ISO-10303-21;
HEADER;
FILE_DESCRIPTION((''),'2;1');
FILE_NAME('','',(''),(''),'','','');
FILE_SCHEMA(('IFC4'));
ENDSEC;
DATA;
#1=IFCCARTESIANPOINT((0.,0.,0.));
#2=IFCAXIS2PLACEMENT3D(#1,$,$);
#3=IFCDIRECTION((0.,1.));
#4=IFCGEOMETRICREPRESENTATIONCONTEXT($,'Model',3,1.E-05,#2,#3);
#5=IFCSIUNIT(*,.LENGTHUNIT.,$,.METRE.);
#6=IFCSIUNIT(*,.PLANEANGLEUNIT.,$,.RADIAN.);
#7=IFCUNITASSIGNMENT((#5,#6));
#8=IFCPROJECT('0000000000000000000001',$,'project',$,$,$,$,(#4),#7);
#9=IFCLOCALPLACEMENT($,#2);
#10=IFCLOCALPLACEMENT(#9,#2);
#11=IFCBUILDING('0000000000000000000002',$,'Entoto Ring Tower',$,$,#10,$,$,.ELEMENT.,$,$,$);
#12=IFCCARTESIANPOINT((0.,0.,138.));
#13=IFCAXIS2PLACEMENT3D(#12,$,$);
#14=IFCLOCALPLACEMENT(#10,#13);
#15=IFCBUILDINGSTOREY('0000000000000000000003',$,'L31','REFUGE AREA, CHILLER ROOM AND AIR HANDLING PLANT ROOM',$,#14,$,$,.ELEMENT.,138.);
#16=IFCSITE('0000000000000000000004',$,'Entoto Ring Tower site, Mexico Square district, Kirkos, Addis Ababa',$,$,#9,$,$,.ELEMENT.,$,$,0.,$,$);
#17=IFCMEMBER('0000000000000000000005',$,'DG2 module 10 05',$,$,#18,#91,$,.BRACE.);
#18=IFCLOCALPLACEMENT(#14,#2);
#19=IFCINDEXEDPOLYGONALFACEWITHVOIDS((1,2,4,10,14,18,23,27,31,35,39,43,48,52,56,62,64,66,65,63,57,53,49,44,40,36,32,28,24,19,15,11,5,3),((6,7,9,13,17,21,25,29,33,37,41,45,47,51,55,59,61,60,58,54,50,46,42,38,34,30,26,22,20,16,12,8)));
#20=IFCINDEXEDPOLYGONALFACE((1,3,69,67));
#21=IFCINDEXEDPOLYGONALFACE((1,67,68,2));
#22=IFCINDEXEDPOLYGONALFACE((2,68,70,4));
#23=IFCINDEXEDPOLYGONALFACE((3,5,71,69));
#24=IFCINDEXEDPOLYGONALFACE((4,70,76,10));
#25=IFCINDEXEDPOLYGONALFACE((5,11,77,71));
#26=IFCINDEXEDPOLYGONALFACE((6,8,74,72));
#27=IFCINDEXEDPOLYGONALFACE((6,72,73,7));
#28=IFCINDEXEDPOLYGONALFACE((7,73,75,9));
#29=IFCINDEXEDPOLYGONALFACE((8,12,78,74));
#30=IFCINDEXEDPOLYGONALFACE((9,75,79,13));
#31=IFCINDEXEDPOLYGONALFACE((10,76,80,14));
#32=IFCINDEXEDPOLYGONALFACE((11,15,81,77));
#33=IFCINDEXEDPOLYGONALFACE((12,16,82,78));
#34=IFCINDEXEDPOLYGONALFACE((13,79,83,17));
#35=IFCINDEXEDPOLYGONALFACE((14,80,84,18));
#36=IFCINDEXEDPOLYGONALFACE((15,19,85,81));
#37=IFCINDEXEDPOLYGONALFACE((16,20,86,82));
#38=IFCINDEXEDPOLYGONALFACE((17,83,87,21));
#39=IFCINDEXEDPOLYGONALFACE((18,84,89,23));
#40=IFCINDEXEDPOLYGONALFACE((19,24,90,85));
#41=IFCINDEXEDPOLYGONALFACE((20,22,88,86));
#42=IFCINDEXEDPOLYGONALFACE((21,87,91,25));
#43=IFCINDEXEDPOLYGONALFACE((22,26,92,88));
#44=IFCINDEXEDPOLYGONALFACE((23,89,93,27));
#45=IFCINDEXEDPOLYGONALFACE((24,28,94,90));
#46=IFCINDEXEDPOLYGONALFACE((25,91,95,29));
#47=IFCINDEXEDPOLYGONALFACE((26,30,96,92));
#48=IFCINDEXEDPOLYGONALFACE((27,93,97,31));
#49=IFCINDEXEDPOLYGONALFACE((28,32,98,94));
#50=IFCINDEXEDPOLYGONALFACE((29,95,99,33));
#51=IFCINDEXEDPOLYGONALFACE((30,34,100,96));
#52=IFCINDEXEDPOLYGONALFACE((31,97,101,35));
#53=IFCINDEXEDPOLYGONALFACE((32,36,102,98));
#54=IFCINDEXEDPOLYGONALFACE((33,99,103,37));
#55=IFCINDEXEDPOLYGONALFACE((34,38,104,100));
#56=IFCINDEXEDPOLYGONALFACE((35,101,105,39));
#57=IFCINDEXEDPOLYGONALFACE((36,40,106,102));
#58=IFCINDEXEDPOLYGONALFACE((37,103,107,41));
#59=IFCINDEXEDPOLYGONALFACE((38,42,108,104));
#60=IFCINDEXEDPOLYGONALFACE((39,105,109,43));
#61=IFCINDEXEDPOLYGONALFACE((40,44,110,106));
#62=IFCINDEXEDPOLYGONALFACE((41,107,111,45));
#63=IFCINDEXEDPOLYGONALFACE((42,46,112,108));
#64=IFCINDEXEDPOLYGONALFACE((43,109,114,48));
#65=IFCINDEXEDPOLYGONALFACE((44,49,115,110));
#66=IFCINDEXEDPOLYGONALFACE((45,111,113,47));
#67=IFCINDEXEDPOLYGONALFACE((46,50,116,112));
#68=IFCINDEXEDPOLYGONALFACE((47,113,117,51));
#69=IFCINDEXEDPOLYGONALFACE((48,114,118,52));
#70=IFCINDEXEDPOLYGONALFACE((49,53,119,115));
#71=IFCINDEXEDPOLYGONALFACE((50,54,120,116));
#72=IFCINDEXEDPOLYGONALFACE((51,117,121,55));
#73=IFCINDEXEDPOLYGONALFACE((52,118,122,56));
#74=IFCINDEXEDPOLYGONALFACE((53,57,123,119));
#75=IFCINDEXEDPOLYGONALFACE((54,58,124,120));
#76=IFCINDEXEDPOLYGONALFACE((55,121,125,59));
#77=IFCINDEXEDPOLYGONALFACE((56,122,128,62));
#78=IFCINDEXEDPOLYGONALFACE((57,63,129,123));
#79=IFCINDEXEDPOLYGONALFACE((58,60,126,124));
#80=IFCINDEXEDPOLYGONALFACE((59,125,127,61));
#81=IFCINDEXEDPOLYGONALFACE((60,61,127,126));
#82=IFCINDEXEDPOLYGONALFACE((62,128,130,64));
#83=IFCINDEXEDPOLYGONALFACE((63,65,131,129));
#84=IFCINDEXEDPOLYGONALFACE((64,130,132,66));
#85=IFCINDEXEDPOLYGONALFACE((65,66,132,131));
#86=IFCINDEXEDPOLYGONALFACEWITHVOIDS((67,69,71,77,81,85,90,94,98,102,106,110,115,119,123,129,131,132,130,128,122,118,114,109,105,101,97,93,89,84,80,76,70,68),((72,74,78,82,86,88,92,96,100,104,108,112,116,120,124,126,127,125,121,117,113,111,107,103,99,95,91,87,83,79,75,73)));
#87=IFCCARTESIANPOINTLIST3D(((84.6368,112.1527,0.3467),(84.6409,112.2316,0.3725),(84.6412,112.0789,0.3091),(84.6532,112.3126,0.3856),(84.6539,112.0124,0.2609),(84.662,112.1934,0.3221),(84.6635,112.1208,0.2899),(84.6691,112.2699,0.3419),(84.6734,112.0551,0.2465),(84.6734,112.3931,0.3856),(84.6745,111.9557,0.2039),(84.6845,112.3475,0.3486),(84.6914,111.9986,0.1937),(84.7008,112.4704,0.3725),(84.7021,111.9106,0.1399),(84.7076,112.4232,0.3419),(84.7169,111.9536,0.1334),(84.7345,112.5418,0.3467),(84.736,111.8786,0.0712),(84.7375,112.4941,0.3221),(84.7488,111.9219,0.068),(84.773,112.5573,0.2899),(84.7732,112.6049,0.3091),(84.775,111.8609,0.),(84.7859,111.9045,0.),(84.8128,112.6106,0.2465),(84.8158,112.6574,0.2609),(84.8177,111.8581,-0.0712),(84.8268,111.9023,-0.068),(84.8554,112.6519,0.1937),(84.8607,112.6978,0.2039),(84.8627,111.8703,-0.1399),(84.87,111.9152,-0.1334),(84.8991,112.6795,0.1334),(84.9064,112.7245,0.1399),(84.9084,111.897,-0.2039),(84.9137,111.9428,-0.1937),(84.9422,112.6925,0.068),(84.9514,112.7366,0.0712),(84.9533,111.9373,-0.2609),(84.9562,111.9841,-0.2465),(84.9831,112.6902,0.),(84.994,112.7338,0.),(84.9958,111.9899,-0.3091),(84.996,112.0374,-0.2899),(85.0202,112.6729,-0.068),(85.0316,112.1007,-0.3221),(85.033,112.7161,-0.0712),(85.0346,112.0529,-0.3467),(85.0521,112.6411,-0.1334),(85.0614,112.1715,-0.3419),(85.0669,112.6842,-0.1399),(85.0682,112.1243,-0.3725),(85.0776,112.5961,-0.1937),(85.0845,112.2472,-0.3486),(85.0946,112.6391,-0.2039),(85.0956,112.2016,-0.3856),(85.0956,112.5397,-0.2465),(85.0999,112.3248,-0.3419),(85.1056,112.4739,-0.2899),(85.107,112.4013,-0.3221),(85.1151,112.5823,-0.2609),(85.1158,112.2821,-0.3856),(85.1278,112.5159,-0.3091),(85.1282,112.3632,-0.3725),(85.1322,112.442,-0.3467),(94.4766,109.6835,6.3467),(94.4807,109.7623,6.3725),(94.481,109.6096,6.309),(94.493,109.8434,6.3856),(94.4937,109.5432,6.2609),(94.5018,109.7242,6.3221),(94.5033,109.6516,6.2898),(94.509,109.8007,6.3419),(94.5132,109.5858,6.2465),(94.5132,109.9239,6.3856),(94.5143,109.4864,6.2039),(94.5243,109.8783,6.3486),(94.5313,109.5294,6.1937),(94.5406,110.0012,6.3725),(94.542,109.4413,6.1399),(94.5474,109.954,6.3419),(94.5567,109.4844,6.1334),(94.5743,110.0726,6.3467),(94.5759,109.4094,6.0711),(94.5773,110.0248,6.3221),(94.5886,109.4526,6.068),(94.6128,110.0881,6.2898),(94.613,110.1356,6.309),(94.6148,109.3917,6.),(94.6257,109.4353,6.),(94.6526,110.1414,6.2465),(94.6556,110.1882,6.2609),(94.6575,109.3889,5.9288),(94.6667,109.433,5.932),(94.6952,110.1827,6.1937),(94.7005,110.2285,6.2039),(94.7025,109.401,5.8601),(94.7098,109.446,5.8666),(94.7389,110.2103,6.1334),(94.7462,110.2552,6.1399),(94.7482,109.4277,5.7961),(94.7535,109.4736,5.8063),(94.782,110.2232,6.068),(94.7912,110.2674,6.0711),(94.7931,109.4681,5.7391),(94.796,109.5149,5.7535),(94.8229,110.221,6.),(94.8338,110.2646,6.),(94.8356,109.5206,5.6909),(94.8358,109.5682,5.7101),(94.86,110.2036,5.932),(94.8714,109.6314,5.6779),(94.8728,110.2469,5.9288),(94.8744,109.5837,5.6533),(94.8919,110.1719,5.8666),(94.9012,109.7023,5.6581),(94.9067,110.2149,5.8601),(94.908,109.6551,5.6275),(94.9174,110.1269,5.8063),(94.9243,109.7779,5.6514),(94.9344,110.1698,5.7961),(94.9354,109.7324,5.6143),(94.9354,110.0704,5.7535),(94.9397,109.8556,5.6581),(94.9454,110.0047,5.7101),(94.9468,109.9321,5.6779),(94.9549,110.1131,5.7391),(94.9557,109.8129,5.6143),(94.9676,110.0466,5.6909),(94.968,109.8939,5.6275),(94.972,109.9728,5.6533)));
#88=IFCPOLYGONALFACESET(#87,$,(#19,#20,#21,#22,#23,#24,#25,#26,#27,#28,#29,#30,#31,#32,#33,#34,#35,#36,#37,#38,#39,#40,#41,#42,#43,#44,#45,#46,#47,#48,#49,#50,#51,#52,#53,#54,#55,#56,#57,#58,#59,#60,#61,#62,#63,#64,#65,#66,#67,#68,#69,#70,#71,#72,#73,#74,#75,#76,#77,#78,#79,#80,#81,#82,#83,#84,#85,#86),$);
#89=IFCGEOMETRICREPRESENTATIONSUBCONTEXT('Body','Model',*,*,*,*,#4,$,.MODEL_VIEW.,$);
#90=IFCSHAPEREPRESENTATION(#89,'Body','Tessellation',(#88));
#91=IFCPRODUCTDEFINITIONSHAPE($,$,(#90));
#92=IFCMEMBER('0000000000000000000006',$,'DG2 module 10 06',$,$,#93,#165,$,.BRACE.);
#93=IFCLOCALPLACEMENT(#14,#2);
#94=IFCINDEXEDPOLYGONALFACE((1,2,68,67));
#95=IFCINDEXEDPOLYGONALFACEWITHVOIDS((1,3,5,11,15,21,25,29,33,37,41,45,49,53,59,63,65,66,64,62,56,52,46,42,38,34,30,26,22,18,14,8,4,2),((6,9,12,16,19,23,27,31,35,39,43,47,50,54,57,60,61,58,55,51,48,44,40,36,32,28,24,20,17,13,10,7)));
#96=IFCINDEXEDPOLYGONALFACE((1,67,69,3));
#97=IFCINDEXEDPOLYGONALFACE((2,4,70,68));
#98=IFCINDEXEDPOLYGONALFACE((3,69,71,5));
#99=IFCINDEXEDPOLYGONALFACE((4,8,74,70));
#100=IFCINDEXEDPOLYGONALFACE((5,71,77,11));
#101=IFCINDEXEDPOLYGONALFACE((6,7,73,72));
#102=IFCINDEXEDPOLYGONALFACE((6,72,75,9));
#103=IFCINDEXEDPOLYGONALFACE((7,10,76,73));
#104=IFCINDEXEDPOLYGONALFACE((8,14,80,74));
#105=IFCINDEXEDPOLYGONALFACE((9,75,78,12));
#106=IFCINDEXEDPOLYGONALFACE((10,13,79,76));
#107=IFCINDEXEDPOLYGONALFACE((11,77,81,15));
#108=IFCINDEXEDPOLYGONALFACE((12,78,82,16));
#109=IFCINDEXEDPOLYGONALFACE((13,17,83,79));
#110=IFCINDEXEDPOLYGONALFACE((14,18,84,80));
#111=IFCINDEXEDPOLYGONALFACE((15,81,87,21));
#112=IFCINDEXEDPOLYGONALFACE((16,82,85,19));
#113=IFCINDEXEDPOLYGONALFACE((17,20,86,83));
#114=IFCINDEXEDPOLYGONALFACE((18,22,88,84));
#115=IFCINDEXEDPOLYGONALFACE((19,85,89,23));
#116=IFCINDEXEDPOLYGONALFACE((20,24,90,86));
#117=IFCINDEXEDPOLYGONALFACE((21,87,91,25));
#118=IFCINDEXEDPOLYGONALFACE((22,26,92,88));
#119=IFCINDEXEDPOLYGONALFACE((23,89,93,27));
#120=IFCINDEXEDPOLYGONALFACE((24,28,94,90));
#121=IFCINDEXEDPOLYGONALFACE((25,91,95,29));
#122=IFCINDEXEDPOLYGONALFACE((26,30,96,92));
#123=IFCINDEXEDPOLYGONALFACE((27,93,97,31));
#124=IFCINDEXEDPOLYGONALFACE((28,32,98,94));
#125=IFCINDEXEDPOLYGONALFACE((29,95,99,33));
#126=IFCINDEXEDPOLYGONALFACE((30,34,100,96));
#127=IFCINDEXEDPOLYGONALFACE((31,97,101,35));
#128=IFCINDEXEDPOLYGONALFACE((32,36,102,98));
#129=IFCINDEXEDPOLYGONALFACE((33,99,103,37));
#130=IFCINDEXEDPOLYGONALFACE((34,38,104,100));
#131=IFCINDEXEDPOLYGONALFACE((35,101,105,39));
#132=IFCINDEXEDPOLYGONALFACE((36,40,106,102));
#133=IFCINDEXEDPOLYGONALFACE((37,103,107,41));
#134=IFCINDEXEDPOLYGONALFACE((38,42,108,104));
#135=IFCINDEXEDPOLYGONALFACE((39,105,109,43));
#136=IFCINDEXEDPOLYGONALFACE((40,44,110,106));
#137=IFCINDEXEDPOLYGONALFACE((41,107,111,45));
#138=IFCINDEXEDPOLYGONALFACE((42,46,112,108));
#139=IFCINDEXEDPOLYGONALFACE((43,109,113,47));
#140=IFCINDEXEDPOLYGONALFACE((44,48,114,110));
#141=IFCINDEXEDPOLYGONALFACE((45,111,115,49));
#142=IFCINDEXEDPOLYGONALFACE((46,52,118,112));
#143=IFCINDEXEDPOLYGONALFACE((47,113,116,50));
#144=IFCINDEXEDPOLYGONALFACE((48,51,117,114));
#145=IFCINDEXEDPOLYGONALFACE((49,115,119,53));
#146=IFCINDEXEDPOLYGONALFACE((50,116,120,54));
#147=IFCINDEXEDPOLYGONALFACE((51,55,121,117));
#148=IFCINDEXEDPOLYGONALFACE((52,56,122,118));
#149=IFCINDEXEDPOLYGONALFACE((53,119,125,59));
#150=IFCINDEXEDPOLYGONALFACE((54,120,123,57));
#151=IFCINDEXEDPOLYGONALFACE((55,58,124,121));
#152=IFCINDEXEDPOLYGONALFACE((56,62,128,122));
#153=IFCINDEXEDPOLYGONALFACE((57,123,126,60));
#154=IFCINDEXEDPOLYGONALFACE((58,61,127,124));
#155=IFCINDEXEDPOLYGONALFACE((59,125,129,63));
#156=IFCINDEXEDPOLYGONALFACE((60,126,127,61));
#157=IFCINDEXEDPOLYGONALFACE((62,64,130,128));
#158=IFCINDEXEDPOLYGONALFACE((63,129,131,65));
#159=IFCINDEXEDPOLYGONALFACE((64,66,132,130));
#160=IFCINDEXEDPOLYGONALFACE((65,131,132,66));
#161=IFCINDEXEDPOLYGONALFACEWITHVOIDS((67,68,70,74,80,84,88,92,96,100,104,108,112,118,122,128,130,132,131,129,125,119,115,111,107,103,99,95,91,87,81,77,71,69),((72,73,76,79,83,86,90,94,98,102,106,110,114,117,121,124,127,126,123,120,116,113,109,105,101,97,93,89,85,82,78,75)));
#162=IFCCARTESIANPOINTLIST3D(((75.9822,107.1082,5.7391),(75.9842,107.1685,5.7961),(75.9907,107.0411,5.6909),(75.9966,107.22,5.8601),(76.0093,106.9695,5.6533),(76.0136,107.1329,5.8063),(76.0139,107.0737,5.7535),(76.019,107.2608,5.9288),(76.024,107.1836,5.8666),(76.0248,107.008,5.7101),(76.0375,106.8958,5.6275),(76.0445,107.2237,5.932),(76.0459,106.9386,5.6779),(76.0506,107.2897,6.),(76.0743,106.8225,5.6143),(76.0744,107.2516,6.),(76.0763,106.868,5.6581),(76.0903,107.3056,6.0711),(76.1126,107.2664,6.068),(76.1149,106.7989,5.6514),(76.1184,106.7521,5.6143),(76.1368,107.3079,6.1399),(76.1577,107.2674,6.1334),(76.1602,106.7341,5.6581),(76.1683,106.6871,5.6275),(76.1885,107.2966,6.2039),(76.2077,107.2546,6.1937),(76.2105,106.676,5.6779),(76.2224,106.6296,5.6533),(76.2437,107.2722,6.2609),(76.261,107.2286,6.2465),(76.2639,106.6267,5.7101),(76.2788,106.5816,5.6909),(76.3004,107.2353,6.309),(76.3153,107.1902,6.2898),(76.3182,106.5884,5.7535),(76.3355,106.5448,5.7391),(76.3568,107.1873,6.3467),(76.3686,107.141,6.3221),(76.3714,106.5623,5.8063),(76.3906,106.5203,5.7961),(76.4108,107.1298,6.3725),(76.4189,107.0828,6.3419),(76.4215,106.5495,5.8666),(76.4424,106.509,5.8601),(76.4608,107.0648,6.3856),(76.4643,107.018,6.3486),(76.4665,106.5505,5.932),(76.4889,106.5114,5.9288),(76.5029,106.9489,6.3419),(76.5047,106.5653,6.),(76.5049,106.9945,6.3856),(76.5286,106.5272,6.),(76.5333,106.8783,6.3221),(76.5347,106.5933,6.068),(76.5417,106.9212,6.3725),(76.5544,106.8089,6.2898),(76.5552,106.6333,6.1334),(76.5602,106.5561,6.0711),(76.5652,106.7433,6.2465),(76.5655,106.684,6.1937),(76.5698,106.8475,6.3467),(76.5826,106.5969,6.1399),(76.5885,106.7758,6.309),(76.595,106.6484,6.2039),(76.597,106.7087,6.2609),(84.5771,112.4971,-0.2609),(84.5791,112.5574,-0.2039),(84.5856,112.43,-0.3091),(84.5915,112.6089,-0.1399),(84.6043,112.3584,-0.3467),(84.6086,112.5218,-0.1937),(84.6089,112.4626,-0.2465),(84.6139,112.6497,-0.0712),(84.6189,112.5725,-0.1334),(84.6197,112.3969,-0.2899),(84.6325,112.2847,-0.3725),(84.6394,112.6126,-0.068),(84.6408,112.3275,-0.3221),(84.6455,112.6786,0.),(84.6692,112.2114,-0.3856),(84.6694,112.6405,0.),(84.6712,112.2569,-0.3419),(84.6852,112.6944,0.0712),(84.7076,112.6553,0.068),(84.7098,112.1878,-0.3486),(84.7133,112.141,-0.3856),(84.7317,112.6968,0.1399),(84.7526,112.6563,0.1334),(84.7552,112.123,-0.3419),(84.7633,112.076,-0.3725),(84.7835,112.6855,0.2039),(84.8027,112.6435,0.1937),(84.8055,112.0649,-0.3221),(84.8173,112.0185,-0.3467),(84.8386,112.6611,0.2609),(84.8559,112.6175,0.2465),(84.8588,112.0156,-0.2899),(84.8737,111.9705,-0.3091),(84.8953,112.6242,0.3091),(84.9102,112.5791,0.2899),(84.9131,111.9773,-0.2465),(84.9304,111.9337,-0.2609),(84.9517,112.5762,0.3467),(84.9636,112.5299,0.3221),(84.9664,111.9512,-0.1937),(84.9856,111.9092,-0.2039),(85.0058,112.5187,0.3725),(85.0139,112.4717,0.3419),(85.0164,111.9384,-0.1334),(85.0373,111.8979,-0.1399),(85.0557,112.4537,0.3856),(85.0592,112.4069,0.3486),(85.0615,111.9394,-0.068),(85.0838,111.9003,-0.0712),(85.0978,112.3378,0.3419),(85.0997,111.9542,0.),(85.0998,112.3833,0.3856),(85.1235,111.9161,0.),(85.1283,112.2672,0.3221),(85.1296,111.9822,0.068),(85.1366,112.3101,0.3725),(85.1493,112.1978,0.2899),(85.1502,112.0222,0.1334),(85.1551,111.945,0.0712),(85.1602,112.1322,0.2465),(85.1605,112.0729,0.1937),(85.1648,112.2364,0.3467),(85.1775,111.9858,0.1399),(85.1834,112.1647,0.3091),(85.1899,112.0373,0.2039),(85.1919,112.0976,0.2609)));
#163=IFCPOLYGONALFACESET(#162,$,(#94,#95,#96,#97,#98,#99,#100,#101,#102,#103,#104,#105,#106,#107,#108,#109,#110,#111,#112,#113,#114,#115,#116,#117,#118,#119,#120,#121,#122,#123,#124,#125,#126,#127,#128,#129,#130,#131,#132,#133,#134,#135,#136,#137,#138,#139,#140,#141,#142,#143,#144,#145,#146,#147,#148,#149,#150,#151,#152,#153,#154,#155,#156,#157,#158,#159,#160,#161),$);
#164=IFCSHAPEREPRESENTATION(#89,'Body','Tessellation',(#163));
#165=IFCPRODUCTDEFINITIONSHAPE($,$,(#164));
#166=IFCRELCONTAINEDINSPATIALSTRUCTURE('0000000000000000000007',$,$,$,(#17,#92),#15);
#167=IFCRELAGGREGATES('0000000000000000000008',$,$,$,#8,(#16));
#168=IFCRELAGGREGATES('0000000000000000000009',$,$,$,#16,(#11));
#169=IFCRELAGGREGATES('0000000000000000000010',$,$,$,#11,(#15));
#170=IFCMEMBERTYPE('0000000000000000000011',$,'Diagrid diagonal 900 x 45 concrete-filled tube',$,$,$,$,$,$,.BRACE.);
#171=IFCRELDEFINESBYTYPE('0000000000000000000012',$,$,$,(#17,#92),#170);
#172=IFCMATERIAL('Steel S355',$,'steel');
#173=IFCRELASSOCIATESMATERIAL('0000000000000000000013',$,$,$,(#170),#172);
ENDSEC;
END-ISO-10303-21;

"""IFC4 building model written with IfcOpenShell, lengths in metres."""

from ifc_helpers import new_model, si_unit, direction, frame, origin, origin_2d, place, context, subcontext, project, spatial, circle, hollow_circle, extrude, material, material_profile, profile_set, type_object, element, save


model = new_model("IFC4")

# Units and contexts
model_context = context("Model", 3, precision=1e-05, world=origin(), true_north=direction((0.0, 1.0)))
body_context = subcontext(model_context, "Body", "Model", "MODEL_VIEW")
ifc_project = project(units=[si_unit("LENGTHUNIT", "METRE"), si_unit("PLANEANGLEUNIT", "RADIAN")], contexts=[model_context])

# Site, building, storey
site_placement = place(None, origin())
site = spatial("IfcSite", under=ifc_project, at=site_placement, Name="Entoto Ring Tower site, Mexico Square district, Kirkos, Addis Ababa", CompositionType="ELEMENT", RefElevation=0.0)
building_placement = place(site_placement, origin())
building = spatial("IfcBuilding", under=site, at=building_placement, Name="Entoto Ring Tower", CompositionType="ELEMENT")
storey_placement = place(building_placement, frame((0.0, 0.0, 138.0)))
storey = spatial("IfcBuildingStorey", under=building, at=storey_placement, Name="L31", Description="REFUGE AREA, CHILLER ROOM AND AIR HANDLING PLANT ROOM", CompositionType="ELEMENT", Elevation=138.0)

# Members
ifc_material_1 = material(Name="Steel S355", Category="steel")
ifc_material_profile_1 = material_profile(ifc_material_1, hollow_circle(Radius=0.45, WallThickness=0.0449, at=origin_2d()), Name="CHS 900 x 45")
ifc_material_2 = material(Name="Concrete C60/75", Category="concrete")
ifc_material_profile_2 = material_profile(ifc_material_2, circle(Radius=0.405, at=origin_2d()), Name="Concrete C60/75 infill")
ifc_profile_set_1 = profile_set([ifc_material_profile_1, ifc_material_profile_2], Name="Steel S355")
member_type_1 = type_object("IfcMemberType", Name="Diagrid diagonal 900 x 45 concrete-filled tube", PredefinedType="BRACE", material=ifc_profile_set_1)
member_1_placement = place(storey_placement, frame((84.8845, 112.2974, 0.0), z_axis=(0.834846, -0.209499, 0.50906), x_axis=(0.243396, 0.969927, 0.0)))
element("IfcMember", 1, at=member_1_placement, inside=storey, type_object=member_type_1, Name="DG2 module 10 05", PredefinedType="BRACE", context=body_context, shape_type="SweptSolid", body=[
    extrude(hollow_circle(Radius=0.45, WallThickness=0.0449, at=origin_2d()), origin(), (0.0, 0.0, 1.0), 11.7864),
])
member_2_placement = place(storey_placement, frame((84.8845, 112.2974, 0.0), z_axis=(-0.729242, -0.457223, 0.509071), x_axis=(0.531208, -0.847242, 0.0)))
element("IfcMember", 2, at=member_2_placement, inside=storey, type_object=member_type_1, Name="DG2 module 10 06", PredefinedType="BRACE", context=body_context, shape_type="SweptSolid", body=[
    extrude(hollow_circle(Radius=0.45, WallThickness=0.0449, at=origin_2d()), origin(), (0.0, 0.0, 1.0), 11.7861),
])

save(model, "model.ifc")
